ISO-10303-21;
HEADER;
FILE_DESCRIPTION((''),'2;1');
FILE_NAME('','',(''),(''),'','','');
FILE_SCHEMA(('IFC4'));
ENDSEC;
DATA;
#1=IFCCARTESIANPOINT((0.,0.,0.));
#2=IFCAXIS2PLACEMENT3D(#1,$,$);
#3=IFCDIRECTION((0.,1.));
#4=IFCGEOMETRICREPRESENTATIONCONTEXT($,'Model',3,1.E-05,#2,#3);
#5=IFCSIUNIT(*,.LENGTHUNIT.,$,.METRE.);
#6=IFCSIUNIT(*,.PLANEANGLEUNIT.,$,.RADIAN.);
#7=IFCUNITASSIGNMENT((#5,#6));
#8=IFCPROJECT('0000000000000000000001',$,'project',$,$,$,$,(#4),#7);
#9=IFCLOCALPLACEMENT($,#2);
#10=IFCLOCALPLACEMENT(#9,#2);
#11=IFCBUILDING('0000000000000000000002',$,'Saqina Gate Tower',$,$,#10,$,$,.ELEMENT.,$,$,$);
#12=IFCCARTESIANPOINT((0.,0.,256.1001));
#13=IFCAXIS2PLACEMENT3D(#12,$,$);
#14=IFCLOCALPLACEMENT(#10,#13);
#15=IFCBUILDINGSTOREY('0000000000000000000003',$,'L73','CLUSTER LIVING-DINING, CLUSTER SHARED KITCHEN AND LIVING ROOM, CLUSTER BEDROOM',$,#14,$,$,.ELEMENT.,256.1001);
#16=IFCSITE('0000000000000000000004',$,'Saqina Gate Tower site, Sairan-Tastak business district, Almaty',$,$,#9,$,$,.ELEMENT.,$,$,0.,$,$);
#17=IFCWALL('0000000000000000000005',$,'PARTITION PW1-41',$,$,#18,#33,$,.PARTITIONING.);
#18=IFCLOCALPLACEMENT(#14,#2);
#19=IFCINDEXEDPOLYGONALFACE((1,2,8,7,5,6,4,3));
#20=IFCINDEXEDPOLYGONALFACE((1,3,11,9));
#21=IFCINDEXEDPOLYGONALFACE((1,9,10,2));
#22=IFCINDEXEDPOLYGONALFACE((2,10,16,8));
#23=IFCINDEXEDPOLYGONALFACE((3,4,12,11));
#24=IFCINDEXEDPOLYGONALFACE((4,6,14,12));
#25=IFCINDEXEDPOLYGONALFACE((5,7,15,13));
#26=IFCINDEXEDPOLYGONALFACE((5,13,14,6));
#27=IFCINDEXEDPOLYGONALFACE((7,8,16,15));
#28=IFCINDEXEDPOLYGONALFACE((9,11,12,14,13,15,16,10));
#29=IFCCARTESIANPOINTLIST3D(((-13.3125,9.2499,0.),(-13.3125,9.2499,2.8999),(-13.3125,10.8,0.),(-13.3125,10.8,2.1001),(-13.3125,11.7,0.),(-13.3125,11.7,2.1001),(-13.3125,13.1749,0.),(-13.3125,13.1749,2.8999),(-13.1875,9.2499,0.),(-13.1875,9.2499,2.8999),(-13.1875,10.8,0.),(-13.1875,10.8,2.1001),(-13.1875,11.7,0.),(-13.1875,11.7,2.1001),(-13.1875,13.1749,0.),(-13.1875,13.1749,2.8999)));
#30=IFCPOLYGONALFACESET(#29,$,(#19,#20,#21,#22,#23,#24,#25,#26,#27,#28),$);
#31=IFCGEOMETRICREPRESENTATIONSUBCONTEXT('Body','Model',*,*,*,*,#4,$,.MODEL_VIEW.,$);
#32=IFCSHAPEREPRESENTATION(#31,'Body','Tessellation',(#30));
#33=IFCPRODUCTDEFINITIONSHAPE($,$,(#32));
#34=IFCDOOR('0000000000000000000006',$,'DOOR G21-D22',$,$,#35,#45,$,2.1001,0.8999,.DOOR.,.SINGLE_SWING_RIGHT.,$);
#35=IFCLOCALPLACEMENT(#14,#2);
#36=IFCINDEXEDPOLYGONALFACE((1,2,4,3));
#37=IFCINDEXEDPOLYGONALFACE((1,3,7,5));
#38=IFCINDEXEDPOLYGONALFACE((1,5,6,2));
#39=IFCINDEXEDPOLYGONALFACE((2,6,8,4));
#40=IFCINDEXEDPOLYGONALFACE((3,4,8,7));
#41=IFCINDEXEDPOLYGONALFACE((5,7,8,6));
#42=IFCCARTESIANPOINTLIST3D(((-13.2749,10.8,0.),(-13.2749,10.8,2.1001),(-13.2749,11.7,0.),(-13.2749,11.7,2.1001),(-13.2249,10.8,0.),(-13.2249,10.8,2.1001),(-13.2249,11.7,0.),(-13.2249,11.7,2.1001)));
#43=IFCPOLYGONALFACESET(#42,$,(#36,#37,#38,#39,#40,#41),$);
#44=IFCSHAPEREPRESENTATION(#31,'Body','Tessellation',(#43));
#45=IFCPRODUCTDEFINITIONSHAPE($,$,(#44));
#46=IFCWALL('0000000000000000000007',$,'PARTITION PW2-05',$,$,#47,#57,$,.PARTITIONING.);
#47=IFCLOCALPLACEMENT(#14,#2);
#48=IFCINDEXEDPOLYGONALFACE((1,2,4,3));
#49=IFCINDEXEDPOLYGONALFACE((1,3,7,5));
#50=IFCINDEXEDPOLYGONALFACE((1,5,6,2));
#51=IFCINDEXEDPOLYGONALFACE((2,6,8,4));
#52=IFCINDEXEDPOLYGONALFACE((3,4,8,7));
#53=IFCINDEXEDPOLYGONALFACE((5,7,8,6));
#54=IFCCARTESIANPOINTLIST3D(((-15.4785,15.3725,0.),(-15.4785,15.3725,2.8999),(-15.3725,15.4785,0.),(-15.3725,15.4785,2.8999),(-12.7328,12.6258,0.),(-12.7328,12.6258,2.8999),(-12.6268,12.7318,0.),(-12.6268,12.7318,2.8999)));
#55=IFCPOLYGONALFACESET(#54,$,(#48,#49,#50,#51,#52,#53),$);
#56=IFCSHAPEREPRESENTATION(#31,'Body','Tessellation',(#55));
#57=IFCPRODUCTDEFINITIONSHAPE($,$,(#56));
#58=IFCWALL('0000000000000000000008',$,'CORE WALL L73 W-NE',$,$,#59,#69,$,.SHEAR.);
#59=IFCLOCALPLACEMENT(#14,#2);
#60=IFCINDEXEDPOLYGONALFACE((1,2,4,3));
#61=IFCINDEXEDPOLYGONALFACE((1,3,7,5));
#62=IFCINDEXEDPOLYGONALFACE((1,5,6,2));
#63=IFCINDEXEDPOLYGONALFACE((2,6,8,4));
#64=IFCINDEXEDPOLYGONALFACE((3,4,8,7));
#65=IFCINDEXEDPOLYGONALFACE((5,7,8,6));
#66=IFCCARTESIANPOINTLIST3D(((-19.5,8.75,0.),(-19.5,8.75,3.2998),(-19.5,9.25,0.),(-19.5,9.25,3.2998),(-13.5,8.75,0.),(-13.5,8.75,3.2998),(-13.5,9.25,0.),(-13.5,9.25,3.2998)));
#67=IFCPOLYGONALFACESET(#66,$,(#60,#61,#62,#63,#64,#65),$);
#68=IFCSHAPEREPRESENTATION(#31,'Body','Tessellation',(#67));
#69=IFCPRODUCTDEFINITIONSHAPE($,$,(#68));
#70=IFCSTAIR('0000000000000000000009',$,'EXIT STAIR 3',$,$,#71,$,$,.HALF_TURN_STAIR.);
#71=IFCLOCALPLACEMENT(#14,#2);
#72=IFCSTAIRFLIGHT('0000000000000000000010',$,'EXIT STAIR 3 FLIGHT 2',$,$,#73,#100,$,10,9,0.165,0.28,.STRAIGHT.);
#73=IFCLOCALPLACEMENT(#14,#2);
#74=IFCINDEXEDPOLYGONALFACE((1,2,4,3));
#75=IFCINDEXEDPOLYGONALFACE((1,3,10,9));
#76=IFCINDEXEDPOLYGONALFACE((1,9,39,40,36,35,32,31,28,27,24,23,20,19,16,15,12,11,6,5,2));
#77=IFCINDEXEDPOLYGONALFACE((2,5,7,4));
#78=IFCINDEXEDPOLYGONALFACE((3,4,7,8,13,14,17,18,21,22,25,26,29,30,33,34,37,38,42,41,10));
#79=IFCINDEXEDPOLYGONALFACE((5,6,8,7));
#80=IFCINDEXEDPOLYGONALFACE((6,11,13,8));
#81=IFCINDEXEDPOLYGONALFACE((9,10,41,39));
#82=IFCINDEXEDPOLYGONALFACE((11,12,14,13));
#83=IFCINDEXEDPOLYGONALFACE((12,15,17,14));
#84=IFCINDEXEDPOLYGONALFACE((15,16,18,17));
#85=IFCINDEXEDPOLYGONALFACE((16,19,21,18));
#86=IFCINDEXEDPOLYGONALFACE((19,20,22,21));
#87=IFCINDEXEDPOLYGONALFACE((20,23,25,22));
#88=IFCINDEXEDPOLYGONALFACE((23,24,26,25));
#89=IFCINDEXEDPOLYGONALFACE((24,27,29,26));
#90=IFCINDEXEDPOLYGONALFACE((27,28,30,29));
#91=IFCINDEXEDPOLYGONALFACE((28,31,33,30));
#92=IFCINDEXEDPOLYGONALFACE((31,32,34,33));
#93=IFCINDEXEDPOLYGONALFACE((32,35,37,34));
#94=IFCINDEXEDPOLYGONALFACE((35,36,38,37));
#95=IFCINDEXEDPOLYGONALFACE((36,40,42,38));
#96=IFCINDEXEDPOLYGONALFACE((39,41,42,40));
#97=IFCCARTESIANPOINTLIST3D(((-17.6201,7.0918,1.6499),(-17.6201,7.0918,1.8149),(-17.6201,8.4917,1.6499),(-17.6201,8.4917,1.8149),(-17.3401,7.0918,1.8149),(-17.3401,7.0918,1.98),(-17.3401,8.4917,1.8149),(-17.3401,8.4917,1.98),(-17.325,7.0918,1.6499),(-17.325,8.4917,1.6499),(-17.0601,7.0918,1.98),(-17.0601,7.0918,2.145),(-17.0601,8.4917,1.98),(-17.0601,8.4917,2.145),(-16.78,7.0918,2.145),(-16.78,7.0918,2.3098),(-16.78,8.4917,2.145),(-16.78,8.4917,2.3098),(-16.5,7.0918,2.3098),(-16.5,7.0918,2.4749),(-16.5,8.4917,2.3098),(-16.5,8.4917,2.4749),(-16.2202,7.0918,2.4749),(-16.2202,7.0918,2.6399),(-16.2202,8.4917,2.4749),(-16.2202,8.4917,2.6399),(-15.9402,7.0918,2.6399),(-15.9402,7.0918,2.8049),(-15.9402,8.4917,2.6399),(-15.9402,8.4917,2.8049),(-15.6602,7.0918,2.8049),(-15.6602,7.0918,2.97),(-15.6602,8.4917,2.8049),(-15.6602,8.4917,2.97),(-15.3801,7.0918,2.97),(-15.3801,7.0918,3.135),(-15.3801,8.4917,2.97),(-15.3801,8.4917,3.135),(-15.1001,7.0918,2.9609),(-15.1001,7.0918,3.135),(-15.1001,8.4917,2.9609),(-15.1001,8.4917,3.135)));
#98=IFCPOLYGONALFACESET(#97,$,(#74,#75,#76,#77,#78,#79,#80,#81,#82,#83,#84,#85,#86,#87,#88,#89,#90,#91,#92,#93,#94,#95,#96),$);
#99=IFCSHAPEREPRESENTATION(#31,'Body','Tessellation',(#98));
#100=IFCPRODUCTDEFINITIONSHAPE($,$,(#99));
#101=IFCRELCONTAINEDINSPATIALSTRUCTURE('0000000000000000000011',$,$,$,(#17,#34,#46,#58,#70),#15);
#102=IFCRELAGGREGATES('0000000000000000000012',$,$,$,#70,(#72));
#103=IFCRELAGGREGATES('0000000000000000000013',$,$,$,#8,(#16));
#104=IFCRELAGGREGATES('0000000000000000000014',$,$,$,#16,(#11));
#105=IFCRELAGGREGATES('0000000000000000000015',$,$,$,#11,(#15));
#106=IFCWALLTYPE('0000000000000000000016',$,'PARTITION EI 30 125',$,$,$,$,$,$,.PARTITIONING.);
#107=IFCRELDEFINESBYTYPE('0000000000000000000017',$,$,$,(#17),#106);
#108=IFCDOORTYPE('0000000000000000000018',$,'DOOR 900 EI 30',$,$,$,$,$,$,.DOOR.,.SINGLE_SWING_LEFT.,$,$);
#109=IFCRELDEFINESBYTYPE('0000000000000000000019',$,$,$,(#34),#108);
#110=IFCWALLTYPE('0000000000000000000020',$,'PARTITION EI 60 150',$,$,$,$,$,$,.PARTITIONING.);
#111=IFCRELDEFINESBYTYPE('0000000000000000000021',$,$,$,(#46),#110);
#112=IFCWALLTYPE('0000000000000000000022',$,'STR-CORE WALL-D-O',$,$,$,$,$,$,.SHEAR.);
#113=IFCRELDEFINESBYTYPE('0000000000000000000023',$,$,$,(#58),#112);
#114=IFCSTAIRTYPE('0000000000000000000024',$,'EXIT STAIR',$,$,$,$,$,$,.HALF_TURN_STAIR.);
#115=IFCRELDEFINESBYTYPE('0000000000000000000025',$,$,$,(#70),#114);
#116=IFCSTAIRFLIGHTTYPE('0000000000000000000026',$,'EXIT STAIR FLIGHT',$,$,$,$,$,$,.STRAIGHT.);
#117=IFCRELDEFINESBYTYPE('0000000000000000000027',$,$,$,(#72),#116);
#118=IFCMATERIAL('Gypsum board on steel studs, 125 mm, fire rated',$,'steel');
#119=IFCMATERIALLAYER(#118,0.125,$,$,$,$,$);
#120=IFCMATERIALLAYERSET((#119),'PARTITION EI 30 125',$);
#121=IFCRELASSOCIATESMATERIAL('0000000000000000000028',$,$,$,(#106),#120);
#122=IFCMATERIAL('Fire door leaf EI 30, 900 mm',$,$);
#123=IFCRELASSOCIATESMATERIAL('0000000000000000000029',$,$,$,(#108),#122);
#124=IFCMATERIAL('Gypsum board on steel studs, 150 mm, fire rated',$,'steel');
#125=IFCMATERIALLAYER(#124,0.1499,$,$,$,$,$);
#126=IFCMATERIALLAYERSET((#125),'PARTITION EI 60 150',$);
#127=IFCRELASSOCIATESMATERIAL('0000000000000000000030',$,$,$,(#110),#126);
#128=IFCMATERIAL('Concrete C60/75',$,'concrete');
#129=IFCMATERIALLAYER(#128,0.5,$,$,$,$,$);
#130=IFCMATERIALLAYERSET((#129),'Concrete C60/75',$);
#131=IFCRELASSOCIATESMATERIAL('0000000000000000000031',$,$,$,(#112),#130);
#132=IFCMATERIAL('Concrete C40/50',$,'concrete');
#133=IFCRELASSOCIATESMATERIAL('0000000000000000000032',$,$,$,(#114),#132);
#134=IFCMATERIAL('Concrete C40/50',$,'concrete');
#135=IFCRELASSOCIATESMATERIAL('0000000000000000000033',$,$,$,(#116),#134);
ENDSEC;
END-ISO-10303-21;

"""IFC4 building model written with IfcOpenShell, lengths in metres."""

from ifc_helpers import new_model, si_unit, direction, frame, frame_2d, origin, place, context, subcontext, project, spatial, polyline, rectangle, outline, extrude, material, layer, layer_set, type_object, element, fill, aggregate, save


model = new_model("IFC4")

# Units and contexts
model_context = context("Model", 3, precision=1e-05, world=origin(), true_north=direction((0.0, 1.0)))
body_context = subcontext(model_context, "Body", "Model", "MODEL_VIEW")
ifc_project = project(units=[si_unit("LENGTHUNIT", "METRE"), si_unit("PLANEANGLEUNIT", "RADIAN")], contexts=[model_context])

# Site, building, storey
site_placement = place(None, origin())
site = spatial("IfcSite", under=ifc_project, at=site_placement, Name="Saqina Gate Tower site, Sairan-Tastak business district, Almaty", CompositionType="ELEMENT", RefElevation=0.0)
building_placement = place(site_placement, origin())
building = spatial("IfcBuilding", under=site, at=building_placement, Name="Saqina Gate Tower", CompositionType="ELEMENT")
storey_placement = place(building_placement, frame((0.0, 0.0, 256.1001)))
storey = spatial("IfcBuildingStorey", under=building, at=storey_placement, Name="L73", Description="CLUSTER LIVING-DINING, CLUSTER SHARED KITCHEN AND LIVING ROOM, CLUSTER BEDROOM", CompositionType="ELEMENT", Elevation=256.1001)

# Shared definitions
ifc_material_1 = material(Name="Gypsum board on steel studs, 125 mm, fire rated", Category="steel")
ifc_layer_1 = layer(ifc_material_1, 0.125)
ifc_layer_set_1 = layer_set([ifc_layer_1], Name="PARTITION EI 30 125")
wall_type_1 = type_object("IfcWallType", Name="PARTITION EI 30 125", PredefinedType="PARTITIONING", material=ifc_layer_set_1)

# Wall, opening, door
wall_1_placement = place(storey_placement, frame((-13.25, 9.25, 0.0), z_axis=(0.0, 0.0, 1.0), x_axis=(0.0, 1.0, 0.0)))
wall_1 = element("IfcWall", 1, at=wall_1_placement, inside=storey, type_object=wall_type_1, Name="PARTITION PW1-41", PredefinedType="PARTITIONING", context=body_context, shape_type="SweptSolid", body=[
    extrude(rectangle(XDim=3.925, YDim=0.125, at=frame_2d((1.9624, 0.0))), origin(), (0.0, 0.0, 1.0), 2.8999),
])
opening_1_placement = place(wall_1_placement, frame((1.55, 0.0, 0.0)))
opening_1 = element("IfcOpeningElement", 2, at=opening_1_placement, cuts=wall_1, PredefinedType="OPENING", context=body_context, shape_type="SweptSolid", body=[
    extrude(rectangle(XDim=0.8999, YDim=2.1001, at=frame_2d((0.45, 1.05))), frame((0.0, 0.0745, 0.0), z_axis=(0.0, -1.0, 0.0), x_axis=(1.0, 0.0, 0.0)), (0.0, 0.0, 1.0), 0.1489),
])
ifc_material_2 = material(Name="Fire door leaf EI 30, 900 mm")
door_type_1 = type_object("IfcDoorType", Name="DOOR 900 EI 30", OperationType="SINGLE_SWING_LEFT", PredefinedType="DOOR", material=ifc_material_2)
door_1_placement = place(opening_1_placement, origin())
door_1 = element("IfcDoor", 3, at=door_1_placement, inside=storey, type_object=door_type_1, Name="DOOR G21-D22", OperationType="SINGLE_SWING_RIGHT", OverallHeight=2.1001, OverallWidth=0.8999, PredefinedType="DOOR", context=body_context, shape_type="SweptSolid", body=[
    extrude(rectangle(XDim=0.8999, YDim=2.1001, at=frame_2d((0.45, 1.05))), frame((0.0, 0.0249, 0.0), z_axis=(0.0, -1.0, 0.0), x_axis=(1.0, 0.0, 0.0)), (0.0, 0.0, 1.0), 0.05),
])
fill(opening_1, door_1)

# Walls
ifc_material_3 = material(Name="Gypsum board on steel studs, 150 mm, fire rated", Category="steel")
ifc_layer_2 = layer(ifc_material_3, 0.1499)
ifc_layer_set_2 = layer_set([ifc_layer_2], Name="PARTITION EI 60 150")
wall_type_2 = type_object("IfcWallType", Name="PARTITION EI 60 150", PredefinedType="PARTITIONING", material=ifc_layer_set_2)
wall_2_placement = place(storey_placement, frame((-15.4255, 15.4255, 0.0), z_axis=(0.0, 0.0, 1.0), x_axis=(0.706981, -0.707232, 0.0)))
element("IfcWall", 4, at=wall_2_placement, inside=storey, type_object=wall_type_2, Name="PARTITION PW2-05", PredefinedType="PARTITIONING", context=body_context, shape_type="SweptSolid", body=[
    extrude(rectangle(XDim=3.8838, YDim=0.1499, at=frame_2d((1.9419, 0.0))), origin(), (0.0, 0.0, 1.0), 2.8999),
])
ifc_material_4 = material(Name="Concrete C60/75", Category="concrete")
ifc_layer_3 = layer(ifc_material_4, 0.5)
ifc_layer_set_3 = layer_set([ifc_layer_3], Name="Concrete C60/75")
wall_type_3 = type_object("IfcWallType", Name="STR-CORE WALL-D-O", PredefinedType="SHEAR", material=ifc_layer_set_3)
wall_3_placement = place(storey_placement, frame((-13.5, 9.0, 0.0), z_axis=(0.0, 0.0, 1.0), x_axis=(-1.0, 0.0, 0.0)))
element("IfcWall", 5, at=wall_3_placement, inside=storey, type_object=wall_type_3, Name="CORE WALL L73 W-NE", PredefinedType="SHEAR", context=body_context, shape_type="SweptSolid", body=[
    extrude(rectangle(XDim=6.0, YDim=0.5, at=frame_2d((3.0, 0.0))), origin(), (0.0, 0.0, 1.0), 3.2998),
])

# Stair, stair flight
ifc_material_5 = material(Name="Concrete C40/50", Category="concrete")
stair_type = type_object("IfcStairType", Name="EXIT STAIR", PredefinedType="HALF_TURN_STAIR", material=ifc_material_5)
stair_placement = place(storey_placement, origin())
stair = element("IfcStair", 6, at=stair_placement, inside=storey, type_object=stair_type, Name="EXIT STAIR 3", PredefinedType="HALF_TURN_STAIR")
ifc_material_6 = material(Name="Concrete C40/50", Category="concrete")
stair_flight_type = type_object("IfcStairFlightType", Name="EXIT STAIR FLIGHT", PredefinedType="STRAIGHT", material=ifc_material_6)
stair_flight_placement = place(storey_placement, frame((-17.6201, 7.7917, 1.6499), z_axis=(0.0, 0.0, 1.0), x_axis=(1.0, 0.0, 0.0)))
stair_flight = element("IfcStairFlight", 7, at=stair_flight_placement, type_object=stair_flight_type, Name="EXIT STAIR 3 FLIGHT 2", NumberOfRisers=10, NumberOfTreads=9, PredefinedType="STRAIGHT", RiserHeight=0.165, TreadLength=0.28, context=body_context, shape_type="SweptSolid", body=[
    extrude(outline(polyline([(0.0, 0.0), (0.0, 0.165), (0.28, 0.165), (0.28, 0.3301), (0.5601, 0.3301), (0.5601, 0.4951), (0.8401, 0.4951), (0.8401, 0.6599), (1.1201, 0.6599), (1.1201, 0.825), (1.3999, 0.825), (1.3999, 0.99), (1.6799, 0.99), (1.6799, 1.155), (1.96, 1.155), (1.96, 1.3201), (2.24, 1.3201), (2.24, 1.4851), (2.52, 1.4851), (2.52, 1.6499), (2.52, 1.311), (0.2952, 0.0), (0.0, 0.0)])), frame((0.0, 0.7, 0.0), z_axis=(0.0, -1.0, 0.0), x_axis=(1.0, 0.0, 0.0)), (0.0, 0.0, 1.0), 1.3999),
])
aggregate(stair, [stair_flight])

save(model, "model.ifc")
